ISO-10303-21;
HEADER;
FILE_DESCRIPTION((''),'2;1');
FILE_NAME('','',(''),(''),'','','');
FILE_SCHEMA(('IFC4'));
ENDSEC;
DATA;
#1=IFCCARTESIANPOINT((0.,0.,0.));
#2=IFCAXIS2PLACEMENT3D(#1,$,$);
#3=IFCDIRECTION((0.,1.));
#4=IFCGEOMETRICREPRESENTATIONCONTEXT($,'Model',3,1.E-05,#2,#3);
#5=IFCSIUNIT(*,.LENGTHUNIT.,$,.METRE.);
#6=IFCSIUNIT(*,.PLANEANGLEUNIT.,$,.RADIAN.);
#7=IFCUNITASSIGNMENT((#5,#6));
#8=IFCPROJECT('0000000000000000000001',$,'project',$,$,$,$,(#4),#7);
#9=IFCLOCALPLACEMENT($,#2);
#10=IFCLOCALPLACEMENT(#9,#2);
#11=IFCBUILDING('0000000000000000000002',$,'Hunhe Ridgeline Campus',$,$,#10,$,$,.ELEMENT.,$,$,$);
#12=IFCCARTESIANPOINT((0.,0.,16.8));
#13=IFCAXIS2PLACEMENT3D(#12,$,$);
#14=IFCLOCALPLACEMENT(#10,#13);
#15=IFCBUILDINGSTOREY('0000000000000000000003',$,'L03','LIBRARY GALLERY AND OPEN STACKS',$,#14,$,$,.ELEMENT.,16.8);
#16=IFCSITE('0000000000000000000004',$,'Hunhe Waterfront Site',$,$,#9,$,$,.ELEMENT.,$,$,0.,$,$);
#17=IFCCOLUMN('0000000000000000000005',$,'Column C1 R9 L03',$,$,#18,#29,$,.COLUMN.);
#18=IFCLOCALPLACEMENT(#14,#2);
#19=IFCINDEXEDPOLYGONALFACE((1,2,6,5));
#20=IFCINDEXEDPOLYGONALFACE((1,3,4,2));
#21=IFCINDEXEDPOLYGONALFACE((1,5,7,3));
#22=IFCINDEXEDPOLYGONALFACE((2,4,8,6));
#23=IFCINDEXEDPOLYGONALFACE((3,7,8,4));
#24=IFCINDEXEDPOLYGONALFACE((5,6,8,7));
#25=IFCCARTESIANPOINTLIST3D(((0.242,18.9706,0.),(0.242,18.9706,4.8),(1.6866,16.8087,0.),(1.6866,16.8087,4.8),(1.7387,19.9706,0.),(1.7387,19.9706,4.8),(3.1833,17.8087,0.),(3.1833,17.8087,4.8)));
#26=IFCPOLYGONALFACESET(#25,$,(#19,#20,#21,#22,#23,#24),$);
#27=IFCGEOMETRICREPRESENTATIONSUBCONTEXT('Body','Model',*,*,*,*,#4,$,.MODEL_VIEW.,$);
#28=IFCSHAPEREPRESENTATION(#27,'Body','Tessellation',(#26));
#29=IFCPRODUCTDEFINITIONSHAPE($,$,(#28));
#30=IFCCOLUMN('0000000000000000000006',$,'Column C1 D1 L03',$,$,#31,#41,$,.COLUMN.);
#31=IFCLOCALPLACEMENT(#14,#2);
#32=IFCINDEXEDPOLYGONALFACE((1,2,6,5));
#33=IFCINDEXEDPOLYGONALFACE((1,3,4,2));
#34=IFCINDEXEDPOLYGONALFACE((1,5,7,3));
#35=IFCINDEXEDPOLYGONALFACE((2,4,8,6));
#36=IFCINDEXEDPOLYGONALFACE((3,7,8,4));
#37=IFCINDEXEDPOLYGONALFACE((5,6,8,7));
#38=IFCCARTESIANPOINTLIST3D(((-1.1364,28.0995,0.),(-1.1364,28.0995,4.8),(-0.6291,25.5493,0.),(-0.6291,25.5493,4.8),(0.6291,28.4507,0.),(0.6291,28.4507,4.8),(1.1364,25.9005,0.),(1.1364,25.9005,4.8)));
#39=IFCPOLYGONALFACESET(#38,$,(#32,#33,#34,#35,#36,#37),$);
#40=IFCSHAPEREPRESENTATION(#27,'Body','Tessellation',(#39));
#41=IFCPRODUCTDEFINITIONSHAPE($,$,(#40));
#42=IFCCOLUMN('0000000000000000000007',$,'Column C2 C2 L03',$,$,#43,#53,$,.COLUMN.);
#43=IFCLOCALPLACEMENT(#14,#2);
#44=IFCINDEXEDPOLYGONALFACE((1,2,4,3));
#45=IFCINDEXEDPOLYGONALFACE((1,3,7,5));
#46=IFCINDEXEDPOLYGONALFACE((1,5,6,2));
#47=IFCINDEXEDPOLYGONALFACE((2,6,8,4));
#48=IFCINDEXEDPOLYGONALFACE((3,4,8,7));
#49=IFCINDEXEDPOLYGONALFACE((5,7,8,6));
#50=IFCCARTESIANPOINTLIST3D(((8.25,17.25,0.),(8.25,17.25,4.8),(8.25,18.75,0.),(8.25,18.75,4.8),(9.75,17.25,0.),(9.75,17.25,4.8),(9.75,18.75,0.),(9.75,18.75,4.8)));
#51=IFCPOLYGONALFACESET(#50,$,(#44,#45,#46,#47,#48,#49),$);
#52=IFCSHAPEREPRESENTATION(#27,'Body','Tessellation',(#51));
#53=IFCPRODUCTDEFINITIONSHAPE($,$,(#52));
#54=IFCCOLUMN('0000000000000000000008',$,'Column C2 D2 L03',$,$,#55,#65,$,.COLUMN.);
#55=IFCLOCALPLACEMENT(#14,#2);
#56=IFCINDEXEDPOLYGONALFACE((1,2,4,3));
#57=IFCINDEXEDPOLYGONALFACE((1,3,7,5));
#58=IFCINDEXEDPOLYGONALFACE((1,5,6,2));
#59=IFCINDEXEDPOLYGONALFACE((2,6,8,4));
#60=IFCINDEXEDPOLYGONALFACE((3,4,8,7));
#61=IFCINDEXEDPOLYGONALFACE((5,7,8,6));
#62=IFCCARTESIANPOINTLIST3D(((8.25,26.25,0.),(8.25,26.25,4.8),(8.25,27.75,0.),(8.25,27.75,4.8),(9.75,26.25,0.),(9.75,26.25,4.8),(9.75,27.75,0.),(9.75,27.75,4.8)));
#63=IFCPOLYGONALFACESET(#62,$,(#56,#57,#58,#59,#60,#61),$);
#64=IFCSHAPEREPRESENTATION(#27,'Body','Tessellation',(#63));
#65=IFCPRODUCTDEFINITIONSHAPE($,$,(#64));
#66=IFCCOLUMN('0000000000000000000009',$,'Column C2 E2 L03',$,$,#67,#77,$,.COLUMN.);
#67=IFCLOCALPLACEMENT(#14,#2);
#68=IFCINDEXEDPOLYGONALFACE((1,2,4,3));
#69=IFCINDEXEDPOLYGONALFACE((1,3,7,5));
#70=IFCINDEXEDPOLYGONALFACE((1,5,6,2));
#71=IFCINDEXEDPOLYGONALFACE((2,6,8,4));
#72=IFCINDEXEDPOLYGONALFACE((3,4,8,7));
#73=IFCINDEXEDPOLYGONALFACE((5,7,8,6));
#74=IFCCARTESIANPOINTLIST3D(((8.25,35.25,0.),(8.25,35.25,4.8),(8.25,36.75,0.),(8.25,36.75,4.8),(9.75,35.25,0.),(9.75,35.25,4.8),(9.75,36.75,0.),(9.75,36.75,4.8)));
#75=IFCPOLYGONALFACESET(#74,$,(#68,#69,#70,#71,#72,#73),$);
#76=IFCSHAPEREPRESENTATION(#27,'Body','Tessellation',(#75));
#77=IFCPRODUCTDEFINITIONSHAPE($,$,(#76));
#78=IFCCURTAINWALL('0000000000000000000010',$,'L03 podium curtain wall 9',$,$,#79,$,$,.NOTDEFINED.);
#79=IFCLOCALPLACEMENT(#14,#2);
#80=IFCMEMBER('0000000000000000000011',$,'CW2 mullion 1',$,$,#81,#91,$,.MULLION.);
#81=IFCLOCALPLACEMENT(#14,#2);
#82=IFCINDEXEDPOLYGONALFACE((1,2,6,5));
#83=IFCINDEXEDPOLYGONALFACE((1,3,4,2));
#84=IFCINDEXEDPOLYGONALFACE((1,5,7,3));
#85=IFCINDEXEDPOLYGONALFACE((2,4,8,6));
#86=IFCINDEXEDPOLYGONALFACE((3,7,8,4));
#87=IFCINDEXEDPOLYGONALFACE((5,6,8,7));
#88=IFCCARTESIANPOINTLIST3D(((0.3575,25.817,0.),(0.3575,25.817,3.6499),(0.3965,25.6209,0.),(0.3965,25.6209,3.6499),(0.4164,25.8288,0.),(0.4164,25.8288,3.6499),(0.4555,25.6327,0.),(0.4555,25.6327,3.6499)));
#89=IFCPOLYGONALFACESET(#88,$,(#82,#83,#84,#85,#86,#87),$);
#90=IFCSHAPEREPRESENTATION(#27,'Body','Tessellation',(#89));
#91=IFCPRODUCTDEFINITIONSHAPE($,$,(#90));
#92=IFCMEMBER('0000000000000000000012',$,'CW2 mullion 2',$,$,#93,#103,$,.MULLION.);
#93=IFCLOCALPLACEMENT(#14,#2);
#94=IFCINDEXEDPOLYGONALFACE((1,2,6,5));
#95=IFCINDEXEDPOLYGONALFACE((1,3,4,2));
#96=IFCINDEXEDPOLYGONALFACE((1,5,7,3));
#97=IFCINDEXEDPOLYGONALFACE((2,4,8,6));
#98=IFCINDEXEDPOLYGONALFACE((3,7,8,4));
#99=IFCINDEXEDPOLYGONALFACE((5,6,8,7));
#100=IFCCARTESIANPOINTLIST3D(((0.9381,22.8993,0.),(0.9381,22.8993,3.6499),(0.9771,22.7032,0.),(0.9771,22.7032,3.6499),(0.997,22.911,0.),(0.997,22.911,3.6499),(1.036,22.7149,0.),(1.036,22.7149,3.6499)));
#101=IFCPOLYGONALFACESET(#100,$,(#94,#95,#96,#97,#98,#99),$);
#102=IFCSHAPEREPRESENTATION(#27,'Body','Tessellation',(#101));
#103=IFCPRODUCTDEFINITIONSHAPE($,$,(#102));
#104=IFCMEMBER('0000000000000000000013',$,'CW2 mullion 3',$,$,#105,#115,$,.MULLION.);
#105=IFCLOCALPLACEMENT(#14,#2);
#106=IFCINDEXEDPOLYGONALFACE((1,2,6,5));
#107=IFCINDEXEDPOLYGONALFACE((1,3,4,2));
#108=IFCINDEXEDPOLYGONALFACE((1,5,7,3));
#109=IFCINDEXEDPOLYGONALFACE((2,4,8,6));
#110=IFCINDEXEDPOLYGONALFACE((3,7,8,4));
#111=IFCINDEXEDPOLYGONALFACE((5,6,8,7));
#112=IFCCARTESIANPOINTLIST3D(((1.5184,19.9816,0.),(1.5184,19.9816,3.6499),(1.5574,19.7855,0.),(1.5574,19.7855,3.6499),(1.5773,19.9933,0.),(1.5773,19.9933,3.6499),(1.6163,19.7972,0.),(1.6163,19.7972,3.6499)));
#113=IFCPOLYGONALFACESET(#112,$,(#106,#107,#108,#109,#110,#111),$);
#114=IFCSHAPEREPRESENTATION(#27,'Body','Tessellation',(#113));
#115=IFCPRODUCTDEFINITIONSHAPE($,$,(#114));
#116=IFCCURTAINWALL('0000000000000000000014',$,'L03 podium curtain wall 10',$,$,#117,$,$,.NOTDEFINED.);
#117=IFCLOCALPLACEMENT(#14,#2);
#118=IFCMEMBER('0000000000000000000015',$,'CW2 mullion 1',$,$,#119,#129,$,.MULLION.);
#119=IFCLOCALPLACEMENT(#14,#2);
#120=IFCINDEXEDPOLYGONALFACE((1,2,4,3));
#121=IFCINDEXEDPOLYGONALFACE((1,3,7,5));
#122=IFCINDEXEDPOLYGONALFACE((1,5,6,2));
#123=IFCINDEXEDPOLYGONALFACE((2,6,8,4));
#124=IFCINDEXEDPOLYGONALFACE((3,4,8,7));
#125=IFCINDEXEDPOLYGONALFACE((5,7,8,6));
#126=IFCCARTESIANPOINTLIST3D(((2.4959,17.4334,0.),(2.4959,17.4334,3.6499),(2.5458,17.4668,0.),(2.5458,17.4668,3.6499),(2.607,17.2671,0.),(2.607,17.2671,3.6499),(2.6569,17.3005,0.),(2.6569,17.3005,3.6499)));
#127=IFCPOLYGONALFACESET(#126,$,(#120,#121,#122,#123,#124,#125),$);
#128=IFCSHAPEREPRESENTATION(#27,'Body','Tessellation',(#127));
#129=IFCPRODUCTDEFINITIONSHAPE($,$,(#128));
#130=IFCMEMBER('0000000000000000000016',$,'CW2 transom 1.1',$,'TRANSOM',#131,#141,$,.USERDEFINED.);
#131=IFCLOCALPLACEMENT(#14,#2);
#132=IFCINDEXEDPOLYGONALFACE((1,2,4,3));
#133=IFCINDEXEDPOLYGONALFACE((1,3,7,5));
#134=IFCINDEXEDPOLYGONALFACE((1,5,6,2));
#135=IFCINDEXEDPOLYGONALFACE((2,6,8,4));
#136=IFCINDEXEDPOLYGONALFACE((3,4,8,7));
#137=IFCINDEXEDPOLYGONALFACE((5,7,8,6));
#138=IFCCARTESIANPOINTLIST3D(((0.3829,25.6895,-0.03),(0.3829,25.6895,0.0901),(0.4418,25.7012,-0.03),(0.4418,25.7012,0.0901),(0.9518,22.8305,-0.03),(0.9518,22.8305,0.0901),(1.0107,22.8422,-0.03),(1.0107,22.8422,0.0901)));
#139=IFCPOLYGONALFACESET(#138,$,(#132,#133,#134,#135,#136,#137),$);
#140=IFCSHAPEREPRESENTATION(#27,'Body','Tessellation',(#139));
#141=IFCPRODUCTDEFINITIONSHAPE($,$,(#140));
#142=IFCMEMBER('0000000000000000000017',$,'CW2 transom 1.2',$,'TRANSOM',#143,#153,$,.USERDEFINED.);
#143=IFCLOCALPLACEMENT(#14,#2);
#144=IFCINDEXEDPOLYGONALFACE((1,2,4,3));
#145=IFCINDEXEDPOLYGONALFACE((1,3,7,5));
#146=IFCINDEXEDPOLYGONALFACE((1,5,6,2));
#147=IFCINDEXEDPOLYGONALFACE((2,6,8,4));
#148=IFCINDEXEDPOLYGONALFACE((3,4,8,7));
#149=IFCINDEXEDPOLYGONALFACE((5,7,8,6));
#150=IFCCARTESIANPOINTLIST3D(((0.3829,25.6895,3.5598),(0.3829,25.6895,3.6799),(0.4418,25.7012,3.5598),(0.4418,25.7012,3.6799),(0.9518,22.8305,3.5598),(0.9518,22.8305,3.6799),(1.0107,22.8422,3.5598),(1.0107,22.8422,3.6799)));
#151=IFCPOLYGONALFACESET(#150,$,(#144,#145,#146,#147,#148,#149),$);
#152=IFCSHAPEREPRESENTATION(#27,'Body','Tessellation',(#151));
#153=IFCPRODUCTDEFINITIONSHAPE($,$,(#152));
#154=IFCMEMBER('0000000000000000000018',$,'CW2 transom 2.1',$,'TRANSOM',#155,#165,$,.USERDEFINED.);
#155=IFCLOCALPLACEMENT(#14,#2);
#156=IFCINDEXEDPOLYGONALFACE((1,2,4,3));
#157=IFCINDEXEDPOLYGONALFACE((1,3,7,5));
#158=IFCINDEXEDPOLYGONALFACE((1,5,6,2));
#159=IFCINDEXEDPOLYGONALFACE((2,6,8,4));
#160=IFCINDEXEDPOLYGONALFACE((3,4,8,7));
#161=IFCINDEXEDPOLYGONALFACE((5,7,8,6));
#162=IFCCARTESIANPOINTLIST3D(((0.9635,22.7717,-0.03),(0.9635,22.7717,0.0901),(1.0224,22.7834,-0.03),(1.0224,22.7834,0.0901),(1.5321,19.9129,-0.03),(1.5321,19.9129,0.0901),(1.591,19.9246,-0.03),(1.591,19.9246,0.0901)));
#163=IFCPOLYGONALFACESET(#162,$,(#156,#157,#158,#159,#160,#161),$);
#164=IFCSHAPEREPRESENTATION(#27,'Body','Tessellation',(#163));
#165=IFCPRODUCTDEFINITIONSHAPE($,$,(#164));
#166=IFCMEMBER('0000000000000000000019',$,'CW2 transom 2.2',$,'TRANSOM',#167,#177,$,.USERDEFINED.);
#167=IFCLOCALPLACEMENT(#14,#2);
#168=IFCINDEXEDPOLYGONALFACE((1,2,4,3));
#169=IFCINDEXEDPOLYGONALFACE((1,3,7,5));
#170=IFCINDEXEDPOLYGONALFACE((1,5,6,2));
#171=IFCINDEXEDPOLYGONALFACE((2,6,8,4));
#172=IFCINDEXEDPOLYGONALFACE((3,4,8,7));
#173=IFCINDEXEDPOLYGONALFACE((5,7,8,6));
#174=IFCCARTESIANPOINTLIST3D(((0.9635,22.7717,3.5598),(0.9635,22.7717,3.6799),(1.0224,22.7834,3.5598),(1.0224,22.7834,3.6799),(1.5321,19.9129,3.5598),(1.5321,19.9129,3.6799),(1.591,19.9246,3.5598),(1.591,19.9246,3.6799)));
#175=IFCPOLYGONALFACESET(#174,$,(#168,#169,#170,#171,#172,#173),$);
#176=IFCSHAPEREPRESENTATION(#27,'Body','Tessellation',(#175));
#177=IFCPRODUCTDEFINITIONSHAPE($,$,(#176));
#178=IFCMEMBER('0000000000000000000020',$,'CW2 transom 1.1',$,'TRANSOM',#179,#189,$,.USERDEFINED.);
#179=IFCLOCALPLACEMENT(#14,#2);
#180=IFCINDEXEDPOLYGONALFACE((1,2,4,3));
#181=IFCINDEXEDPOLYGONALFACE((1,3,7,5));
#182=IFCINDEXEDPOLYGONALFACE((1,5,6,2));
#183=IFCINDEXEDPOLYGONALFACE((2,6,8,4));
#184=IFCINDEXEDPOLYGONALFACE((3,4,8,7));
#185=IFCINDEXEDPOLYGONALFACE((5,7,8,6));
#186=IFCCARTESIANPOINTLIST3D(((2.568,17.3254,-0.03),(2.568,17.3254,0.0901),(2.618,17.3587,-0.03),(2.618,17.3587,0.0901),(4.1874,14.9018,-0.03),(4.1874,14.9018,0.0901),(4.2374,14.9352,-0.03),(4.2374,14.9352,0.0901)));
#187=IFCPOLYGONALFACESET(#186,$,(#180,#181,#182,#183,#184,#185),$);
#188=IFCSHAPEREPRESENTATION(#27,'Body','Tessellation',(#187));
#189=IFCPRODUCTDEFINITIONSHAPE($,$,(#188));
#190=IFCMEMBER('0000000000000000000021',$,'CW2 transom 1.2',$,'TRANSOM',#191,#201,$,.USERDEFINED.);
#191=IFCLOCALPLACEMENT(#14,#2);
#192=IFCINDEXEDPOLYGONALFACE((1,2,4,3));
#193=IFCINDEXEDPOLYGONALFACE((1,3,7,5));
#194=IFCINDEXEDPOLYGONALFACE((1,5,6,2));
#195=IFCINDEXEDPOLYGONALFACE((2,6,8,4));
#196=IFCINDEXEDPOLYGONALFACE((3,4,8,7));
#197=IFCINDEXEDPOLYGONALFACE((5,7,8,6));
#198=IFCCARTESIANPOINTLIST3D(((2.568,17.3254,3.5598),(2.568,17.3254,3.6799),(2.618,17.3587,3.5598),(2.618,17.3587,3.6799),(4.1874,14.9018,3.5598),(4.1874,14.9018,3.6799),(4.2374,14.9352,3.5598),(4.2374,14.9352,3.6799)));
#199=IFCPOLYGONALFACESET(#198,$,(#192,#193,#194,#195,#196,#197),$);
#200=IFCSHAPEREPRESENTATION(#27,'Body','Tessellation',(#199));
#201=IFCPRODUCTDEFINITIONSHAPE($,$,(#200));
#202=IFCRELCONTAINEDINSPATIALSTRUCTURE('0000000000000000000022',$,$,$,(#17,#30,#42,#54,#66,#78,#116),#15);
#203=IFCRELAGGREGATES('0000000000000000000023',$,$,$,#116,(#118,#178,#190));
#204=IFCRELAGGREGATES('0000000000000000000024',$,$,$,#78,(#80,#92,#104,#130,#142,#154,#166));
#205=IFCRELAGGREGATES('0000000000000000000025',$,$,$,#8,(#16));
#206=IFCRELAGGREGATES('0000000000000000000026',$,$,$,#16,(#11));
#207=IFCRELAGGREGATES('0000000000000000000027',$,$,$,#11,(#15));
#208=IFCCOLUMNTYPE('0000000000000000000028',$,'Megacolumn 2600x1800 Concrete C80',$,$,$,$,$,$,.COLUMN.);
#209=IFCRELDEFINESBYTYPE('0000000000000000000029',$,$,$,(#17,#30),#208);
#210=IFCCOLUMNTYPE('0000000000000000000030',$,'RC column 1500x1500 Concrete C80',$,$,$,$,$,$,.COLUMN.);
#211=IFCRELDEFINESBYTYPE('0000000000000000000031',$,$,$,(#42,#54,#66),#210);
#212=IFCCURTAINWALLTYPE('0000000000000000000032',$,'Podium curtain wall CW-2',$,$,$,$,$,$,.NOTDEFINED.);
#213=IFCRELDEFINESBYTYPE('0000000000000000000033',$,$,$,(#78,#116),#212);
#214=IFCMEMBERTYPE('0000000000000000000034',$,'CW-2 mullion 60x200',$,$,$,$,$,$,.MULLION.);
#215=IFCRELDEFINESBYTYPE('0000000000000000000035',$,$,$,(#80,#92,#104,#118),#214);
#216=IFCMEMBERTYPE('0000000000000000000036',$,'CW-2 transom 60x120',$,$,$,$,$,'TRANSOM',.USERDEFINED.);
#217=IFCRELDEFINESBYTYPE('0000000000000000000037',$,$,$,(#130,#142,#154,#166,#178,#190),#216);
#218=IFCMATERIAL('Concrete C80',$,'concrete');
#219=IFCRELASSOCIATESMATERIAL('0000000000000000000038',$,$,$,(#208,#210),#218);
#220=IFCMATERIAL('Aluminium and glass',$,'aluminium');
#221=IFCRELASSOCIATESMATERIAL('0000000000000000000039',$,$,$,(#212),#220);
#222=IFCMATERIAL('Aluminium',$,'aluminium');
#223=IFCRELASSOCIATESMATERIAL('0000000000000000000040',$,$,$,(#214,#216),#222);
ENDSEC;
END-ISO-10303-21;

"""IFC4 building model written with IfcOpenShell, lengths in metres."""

from ifc_helpers import new_model, si_unit, direction, frame, origin, origin_2d, place, context, subcontext, project, spatial, rectangle, extrude, material, material_profile, profile_set, type_object, element, aggregate, save


model = new_model("IFC4")

# Units and contexts
model_context = context("Model", 3, precision=1e-05, world=origin(), true_north=direction((0.0, 1.0)))
body_context = subcontext(model_context, "Body", "Model", "MODEL_VIEW")
ifc_project = project(units=[si_unit("LENGTHUNIT", "METRE"), si_unit("PLANEANGLEUNIT", "RADIAN")], contexts=[model_context])

# Site, building, storey
site_placement = place(None, origin())
site = spatial("IfcSite", under=ifc_project, at=site_placement, Name="Hunhe Waterfront Site", CompositionType="ELEMENT", RefElevation=0.0)
building_placement = place(site_placement, origin())
building = spatial("IfcBuilding", under=site, at=building_placement, Name="Hunhe Ridgeline Campus", CompositionType="ELEMENT")
storey_placement = place(building_placement, frame((0.0, 0.0, 16.8)))
storey = spatial("IfcBuildingStorey", under=building, at=storey_placement, Name="L03", Description="LIBRARY GALLERY AND OPEN STACKS", CompositionType="ELEMENT", Elevation=16.8)

# Columns
ifc_material_1 = material(Name="Concrete C80", Category="concrete")
ifc_material_profile_1 = material_profile(ifc_material_1, rectangle(XDim=2.6001, YDim=1.8, at=origin_2d()))
ifc_profile_set_1 = profile_set([ifc_material_profile_1], Name="Concrete C80")
column_type_1 = type_object("IfcColumnType", Name="Megacolumn 2600x1800 Concrete C80", PredefinedType="COLUMN", material=ifc_profile_set_1)
for number, where, z_axis, x_axis, name in (
    (1, (1.7126, 18.3896, 0.0), (0.0, 0.0, 1.0), (-0.55557, 0.83147, 0.0), "Column C1 R9 L03"),
    (2, (0.0, 27.0, 0.0), (0.0, 0.0, 1.0), (-0.19509, 0.980785, 0.0), "Column C1 D1 L03"),
):
    element("IfcColumn", number, at=place(storey_placement, frame(where, z_axis=z_axis, x_axis=x_axis)), inside=storey, type_object=column_type_1, Name=name, PredefinedType="COLUMN", context=body_context, shape_type="SweptSolid", body=[
        extrude(rectangle(XDim=2.6001, YDim=1.8, at=origin_2d()), origin(), (0.0, 0.0, 1.0), 4.8),
    ])
ifc_material_profile_2 = material_profile(ifc_material_1, rectangle(XDim=1.5, YDim=1.5, at=origin_2d()))
ifc_profile_set_2 = profile_set([ifc_material_profile_2], Name="Concrete C80")
column_type_2 = type_object("IfcColumnType", Name="RC column 1500x1500 Concrete C80", PredefinedType="COLUMN", material=ifc_profile_set_2)
for number, where, z_axis, x_axis, name in (
    (3, (9.0, 18.0, 0.0), (0.0, 0.0, 1.0), (1.0, 0.0, 0.0), "Column C2 C2 L03"),
    (4, (9.0, 27.0, 0.0), (0.0, 0.0, 1.0), (1.0, 0.0, 0.0), "Column C2 D2 L03"),
    (5, (9.0, 36.0, 0.0), (0.0, 0.0, 1.0), (1.0, 0.0, 0.0), "Column C2 E2 L03"),
):
    element("IfcColumn", number, at=place(storey_placement, frame(where, z_axis=z_axis, x_axis=x_axis)), inside=storey, type_object=column_type_2, Name=name, PredefinedType="COLUMN", context=body_context, shape_type="SweptSolid", body=[
        extrude(rectangle(XDim=1.5, YDim=1.5, at=origin_2d()), origin(), (0.0, 0.0, 1.0), 4.8),
    ])

# Curtain wall, members
ifc_material_2 = material(Name="Aluminium and glass", Category="aluminium")
curtain_wall_type = type_object("IfcCurtainWallType", Name="Podium curtain wall CW-2", PredefinedType="NOTDEFINED", material=ifc_material_2)
curtain_wall_1_placement = place(storey_placement, origin())
curtain_wall_1 = element("IfcCurtainWall", 6, at=curtain_wall_1_placement, inside=storey, type_object=curtain_wall_type, Name="L03 podium curtain wall 9", PredefinedType="NOTDEFINED")
ifc_material_3 = material(Name="Aluminium", Category="aluminium")
ifc_material_profile_3 = material_profile(ifc_material_3, rectangle(XDim=0.0601, YDim=0.2, at=origin_2d()))
ifc_profile_set_3 = profile_set([ifc_material_profile_3], Name="Aluminium")
member_type_1 = type_object("IfcMemberType", Name="CW-2 mullion 60x200", PredefinedType="MULLION", material=ifc_profile_set_3)
member_1_placement = place(storey_placement, frame((0.4065, 25.7249, 0.0), z_axis=(0.0, 0.0, 1.0), x_axis=(0.980784, 0.195098, 0.0)))
member_1 = element("IfcMember", 7, at=member_1_placement, type_object=member_type_1, Name="CW2 mullion 1", PredefinedType="MULLION", context=body_context, shape_type="SweptSolid", body=[
    extrude(rectangle(XDim=0.0601, YDim=0.2, at=origin_2d()), origin(), (0.0, 0.0, 1.0), 3.6499),
])
member_2_placement = place(storey_placement, frame((0.9871, 22.8071, 0.0), z_axis=(0.0, 0.0, 1.0), x_axis=(0.980784, 0.195098, 0.0)))
member_2 = element("IfcMember", 8, at=member_2_placement, type_object=member_type_1, Name="CW2 mullion 2", PredefinedType="MULLION", context=body_context, shape_type="SweptSolid", body=[
    extrude(rectangle(XDim=0.0601, YDim=0.2, at=origin_2d()), origin(), (0.0, 0.0, 1.0), 3.6499),
])
member_3_placement = place(storey_placement, frame((1.5674, 19.8894, 0.0), z_axis=(0.0, 0.0, 1.0), x_axis=(0.980784, 0.195098, 0.0)))
member_3 = element("IfcMember", 9, at=member_3_placement, type_object=member_type_1, Name="CW2 mullion 3", PredefinedType="MULLION", context=body_context, shape_type="SweptSolid", body=[
    extrude(rectangle(XDim=0.0601, YDim=0.2, at=origin_2d()), origin(), (0.0, 0.0, 1.0), 3.6499),
])

# Curtain wall, member
curtain_wall_2_placement = place(storey_placement, origin())
curtain_wall_2 = element("IfcCurtainWall", 10, at=curtain_wall_2_placement, inside=storey, type_object=curtain_wall_type, Name="L03 podium curtain wall 10", PredefinedType="NOTDEFINED")
member_4_placement = place(storey_placement, frame((2.5764, 17.3669, 0.0), z_axis=(0.0, 0.0, 1.0), x_axis=(0.831464, 0.555579, 0.0)))
member_4 = element("IfcMember", 11, at=member_4_placement, type_object=member_type_1, Name="CW2 mullion 1", PredefinedType="MULLION", context=body_context, shape_type="SweptSolid", body=[
    extrude(rectangle(XDim=0.0601, YDim=0.2, at=origin_2d()), origin(), (0.0, 0.0, 1.0), 3.6499),
])

# Members
ifc_material_profile_4 = material_profile(ifc_material_3, rectangle(XDim=0.0601, YDim=0.1201, at=origin_2d()))
ifc_profile_set_4 = profile_set([ifc_material_profile_4], Name="Aluminium")
member_type_2 = type_object("IfcMemberType", Name="CW-2 transom 60x120", ElementType="TRANSOM", PredefinedType="USERDEFINED", material=ifc_profile_set_4)
member_5_placement = place(storey_placement, frame((0.4124, 25.6953, 0.03), z_axis=(0.19515, -0.980773, 0.0), x_axis=(0.980773, 0.19515, 0.0)))
member_5 = element("IfcMember", 12, at=member_5_placement, type_object=member_type_2, Name="CW2 transom 1.1", ObjectType="TRANSOM", PredefinedType="USERDEFINED", context=body_context, shape_type="SweptSolid", body=[
    extrude(rectangle(XDim=0.0601, YDim=0.1201, at=origin_2d()), origin(), (0.0, 0.0, 1.0), 2.915),
])
member_6_placement = place(storey_placement, frame((0.4124, 25.6953, 3.6199), z_axis=(0.19515, -0.980773, 0.0), x_axis=(0.980773, 0.19515, 0.0)))
member_6 = element("IfcMember", 13, at=member_6_placement, type_object=member_type_2, Name="CW2 transom 1.2", ObjectType="TRANSOM", PredefinedType="USERDEFINED", context=body_context, shape_type="SweptSolid", body=[
    extrude(rectangle(XDim=0.0601, YDim=0.1201, at=origin_2d()), origin(), (0.0, 0.0, 1.0), 2.915),
])
member_7_placement = place(storey_placement, frame((0.9929, 22.7776, 0.03), z_axis=(0.195069, -0.98079, 0.0), x_axis=(0.98079, 0.195069, 0.0)))
member_7 = element("IfcMember", 14, at=member_7_placement, type_object=member_type_2, Name="CW2 transom 2.1", ObjectType="TRANSOM", PredefinedType="USERDEFINED", context=body_context, shape_type="SweptSolid", body=[
    extrude(rectangle(XDim=0.0601, YDim=0.1201, at=origin_2d()), origin(), (0.0, 0.0, 1.0), 2.9148),
])
member_8_placement = place(storey_placement, frame((0.9929, 22.7776, 3.6199), z_axis=(0.195069, -0.98079, 0.0), x_axis=(0.98079, 0.195069, 0.0)))
member_8 = element("IfcMember", 15, at=member_8_placement, type_object=member_type_2, Name="CW2 transom 2.2", ObjectType="TRANSOM", PredefinedType="USERDEFINED", context=body_context, shape_type="SweptSolid", body=[
    extrude(rectangle(XDim=0.0601, YDim=0.1201, at=origin_2d()), origin(), (0.0, 0.0, 1.0), 2.9148),
])
member_9_placement = place(storey_placement, frame((2.593, 17.342, 0.03), z_axis=(0.55557, -0.83147, 0.0), x_axis=(0.83147, 0.55557, 0.0)))
member_9 = element("IfcMember", 16, at=member_9_placement, type_object=member_type_2, Name="CW2 transom 1.1", ObjectType="TRANSOM", PredefinedType="USERDEFINED", context=body_context, shape_type="SweptSolid", body=[
    extrude(rectangle(XDim=0.0601, YDim=0.1201, at=origin_2d()), origin(), (0.0, 0.0, 1.0), 2.9148),
])
member_10_placement = place(storey_placement, frame((2.593, 17.342, 3.6199), z_axis=(0.55557, -0.83147, 0.0), x_axis=(0.83147, 0.55557, 0.0)))
member_10 = element("IfcMember", 17, at=member_10_placement, type_object=member_type_2, Name="CW2 transom 1.2", ObjectType="TRANSOM", PredefinedType="USERDEFINED", context=body_context, shape_type="SweptSolid", body=[
    extrude(rectangle(XDim=0.0601, YDim=0.1201, at=origin_2d()), origin(), (0.0, 0.0, 1.0), 2.9148),
])
aggregate(curtain_wall_2, [member_4, member_9, member_10])

aggregate(curtain_wall_1, [member_1, member_2, member_3, member_5, member_6, member_7, member_8])

save(model, "model.ifc")
